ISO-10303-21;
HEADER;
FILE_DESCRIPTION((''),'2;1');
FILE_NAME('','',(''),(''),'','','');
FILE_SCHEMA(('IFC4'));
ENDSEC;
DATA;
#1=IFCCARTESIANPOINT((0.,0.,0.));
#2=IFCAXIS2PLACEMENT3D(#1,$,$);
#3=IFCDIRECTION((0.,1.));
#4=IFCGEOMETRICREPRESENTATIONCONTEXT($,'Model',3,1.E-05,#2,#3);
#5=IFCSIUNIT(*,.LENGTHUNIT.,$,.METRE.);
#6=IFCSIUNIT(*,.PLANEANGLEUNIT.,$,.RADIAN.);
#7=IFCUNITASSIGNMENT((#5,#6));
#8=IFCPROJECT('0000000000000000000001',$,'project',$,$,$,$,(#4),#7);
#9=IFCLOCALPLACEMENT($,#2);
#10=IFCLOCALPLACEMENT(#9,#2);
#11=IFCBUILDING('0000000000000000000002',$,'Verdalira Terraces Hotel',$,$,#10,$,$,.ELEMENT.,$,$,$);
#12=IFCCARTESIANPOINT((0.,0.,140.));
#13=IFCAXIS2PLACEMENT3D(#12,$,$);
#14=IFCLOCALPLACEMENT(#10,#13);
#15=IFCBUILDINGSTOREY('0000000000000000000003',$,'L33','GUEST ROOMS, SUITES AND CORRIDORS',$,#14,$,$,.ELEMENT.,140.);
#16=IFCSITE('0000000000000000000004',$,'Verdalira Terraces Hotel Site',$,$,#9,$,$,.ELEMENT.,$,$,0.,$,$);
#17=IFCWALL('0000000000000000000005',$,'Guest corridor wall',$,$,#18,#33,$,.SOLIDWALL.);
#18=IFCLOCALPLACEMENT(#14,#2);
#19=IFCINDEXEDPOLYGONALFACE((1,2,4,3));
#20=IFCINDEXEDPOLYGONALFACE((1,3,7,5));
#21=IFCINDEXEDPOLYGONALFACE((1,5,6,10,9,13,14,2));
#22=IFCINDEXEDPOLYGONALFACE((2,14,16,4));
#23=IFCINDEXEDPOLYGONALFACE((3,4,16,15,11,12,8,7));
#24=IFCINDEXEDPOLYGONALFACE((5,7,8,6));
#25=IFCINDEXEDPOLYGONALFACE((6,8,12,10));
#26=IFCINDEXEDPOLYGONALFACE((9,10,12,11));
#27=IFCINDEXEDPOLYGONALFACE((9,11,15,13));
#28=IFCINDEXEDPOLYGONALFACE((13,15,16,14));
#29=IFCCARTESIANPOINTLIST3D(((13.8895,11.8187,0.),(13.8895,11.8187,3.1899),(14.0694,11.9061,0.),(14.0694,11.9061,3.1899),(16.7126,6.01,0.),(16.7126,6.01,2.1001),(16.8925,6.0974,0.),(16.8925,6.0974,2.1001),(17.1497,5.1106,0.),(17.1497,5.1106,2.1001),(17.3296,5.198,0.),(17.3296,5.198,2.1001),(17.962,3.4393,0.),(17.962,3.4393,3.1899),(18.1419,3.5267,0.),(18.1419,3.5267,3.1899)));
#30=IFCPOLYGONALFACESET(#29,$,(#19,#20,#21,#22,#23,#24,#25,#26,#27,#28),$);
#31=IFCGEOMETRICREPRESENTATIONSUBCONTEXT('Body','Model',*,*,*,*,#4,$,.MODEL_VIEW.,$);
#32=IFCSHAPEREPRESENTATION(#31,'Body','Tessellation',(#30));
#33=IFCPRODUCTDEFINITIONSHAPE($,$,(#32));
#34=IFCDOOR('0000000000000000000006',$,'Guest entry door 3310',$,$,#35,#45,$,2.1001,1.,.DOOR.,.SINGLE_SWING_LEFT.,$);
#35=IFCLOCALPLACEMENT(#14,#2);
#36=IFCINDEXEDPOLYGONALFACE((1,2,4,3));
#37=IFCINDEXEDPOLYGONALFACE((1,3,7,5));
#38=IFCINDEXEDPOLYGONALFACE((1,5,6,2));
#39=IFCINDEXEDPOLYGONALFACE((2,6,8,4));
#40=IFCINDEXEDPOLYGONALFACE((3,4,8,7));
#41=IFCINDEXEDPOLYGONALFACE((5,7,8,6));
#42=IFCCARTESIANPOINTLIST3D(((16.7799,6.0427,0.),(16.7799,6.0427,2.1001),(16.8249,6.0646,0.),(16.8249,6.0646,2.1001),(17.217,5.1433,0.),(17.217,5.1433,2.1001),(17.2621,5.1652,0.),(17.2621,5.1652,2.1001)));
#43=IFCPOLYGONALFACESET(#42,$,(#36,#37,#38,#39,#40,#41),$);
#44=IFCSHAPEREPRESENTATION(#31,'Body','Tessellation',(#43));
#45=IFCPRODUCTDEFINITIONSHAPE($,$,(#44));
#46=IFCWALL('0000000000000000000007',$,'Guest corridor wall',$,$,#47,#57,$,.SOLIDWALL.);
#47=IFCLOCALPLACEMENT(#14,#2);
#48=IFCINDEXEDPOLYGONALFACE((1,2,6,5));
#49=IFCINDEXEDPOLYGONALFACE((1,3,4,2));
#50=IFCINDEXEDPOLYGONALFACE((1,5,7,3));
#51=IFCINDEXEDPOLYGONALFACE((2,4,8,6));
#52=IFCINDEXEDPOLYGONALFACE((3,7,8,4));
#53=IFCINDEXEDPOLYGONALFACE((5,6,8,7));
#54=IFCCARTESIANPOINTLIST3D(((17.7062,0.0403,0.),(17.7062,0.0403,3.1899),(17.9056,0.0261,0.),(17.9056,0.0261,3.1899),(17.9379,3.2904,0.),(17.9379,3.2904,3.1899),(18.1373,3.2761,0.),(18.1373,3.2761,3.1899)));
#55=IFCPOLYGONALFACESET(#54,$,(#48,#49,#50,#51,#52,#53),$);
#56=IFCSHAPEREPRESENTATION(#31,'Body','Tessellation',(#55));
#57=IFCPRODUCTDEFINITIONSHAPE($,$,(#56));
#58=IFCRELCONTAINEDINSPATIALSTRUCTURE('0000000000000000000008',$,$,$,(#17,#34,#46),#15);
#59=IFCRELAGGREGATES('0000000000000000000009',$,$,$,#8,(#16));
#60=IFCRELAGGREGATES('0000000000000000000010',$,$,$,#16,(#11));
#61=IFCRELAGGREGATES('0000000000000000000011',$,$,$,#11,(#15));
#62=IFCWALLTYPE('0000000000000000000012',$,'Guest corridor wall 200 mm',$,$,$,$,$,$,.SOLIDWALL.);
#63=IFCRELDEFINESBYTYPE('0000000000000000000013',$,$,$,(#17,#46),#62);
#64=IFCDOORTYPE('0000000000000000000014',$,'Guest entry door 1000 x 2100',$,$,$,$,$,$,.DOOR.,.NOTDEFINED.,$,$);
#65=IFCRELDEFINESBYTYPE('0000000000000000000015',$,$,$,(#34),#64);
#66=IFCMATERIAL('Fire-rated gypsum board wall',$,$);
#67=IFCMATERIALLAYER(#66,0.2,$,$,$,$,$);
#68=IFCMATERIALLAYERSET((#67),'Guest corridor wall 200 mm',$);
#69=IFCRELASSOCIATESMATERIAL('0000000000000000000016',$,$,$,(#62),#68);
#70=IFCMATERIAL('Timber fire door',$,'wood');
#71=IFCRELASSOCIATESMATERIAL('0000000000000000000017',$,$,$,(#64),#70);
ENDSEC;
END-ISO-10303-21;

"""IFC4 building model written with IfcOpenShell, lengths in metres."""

from ifc_helpers import new_model, si_unit, direction, frame, frame_2d, origin, place, context, subcontext, project, spatial, rectangle, extrude, material, layer, layer_set, type_object, element, fill, save


model = new_model("IFC4")

# Units and contexts
model_context = context("Model", 3, precision=1e-05, world=origin(), true_north=direction((0.0, 1.0)))
body_context = subcontext(model_context, "Body", "Model", "MODEL_VIEW")
ifc_project = project(units=[si_unit("LENGTHUNIT", "METRE"), si_unit("PLANEANGLEUNIT", "RADIAN")], contexts=[model_context])

# Site, building, storey
site_placement = place(None, origin())
site = spatial("IfcSite", under=ifc_project, at=site_placement, Name="Verdalira Terraces Hotel Site", CompositionType="ELEMENT", RefElevation=0.0)
building_placement = place(site_placement, origin())
building = spatial("IfcBuilding", under=site, at=building_placement, Name="Verdalira Terraces Hotel", CompositionType="ELEMENT")
storey_placement = place(building_placement, frame((0.0, 0.0, 140.0)))
storey = spatial("IfcBuildingStorey", under=building, at=storey_placement, Name="L33", Description="GUEST ROOMS, SUITES AND CORRIDORS", CompositionType="ELEMENT", Elevation=140.0)

# Wall, opening, door
ifc_material_1 = material(Name="Fire-rated gypsum board wall")
ifc_layer_1 = layer(ifc_material_1, 0.2)
ifc_layer_set_1 = layer_set([ifc_layer_1], Name="Guest corridor wall 200 mm")
wall_type_1 = type_object("IfcWallType", Name="Guest corridor wall 200 mm", PredefinedType="SOLIDWALL", material=ifc_layer_set_1)
wall_1_placement = place(storey_placement, frame((13.9795, 11.8623, 0.0), z_axis=(0.0, 0.0, 1.0), x_axis=(0.437123, -0.899402, 0.0)))
wall_1 = element("IfcWall", 1, at=wall_1_placement, inside=storey, type_object=wall_type_1, Name="Guest corridor wall", PredefinedType="SOLIDWALL", context=body_context, shape_type="SweptSolid", body=[
    extrude(rectangle(XDim=9.3166, YDim=0.2, at=frame_2d((4.6582, 0.0))), origin(), (0.0, 0.0, 1.0), 3.1899),
])
opening_1_placement = place(wall_1_placement, frame((6.4583, 0.0, 0.0)))
opening_1 = element("IfcOpeningElement", 2, at=opening_1_placement, cuts=wall_1, PredefinedType="OPENING", context=body_context, shape_type="SweptSolid", body=[
    extrude(rectangle(XDim=1.0, YDim=2.1001, at=frame_2d((0.5, 1.05))), frame((0.0, 0.1099, 0.0), z_axis=(0.0, -1.0, 0.0), x_axis=(1.0, 0.0, 0.0)), (0.0, 0.0, 1.0), 0.22),
])
ifc_material_2 = material(Name="Timber fire door", Category="wood")
door_type_1 = type_object("IfcDoorType", Name="Guest entry door 1000 x 2100", OperationType="NOTDEFINED", PredefinedType="DOOR", material=ifc_material_2)
door_1_placement = place(opening_1_placement, origin())
door_1 = element("IfcDoor", 3, at=door_1_placement, inside=storey, type_object=door_type_1, Name="Guest entry door 3310", OperationType="SINGLE_SWING_LEFT", OverallHeight=2.1001, OverallWidth=1.0, PredefinedType="DOOR", context=body_context, shape_type="SweptSolid", body=[
    extrude(rectangle(XDim=1.0, YDim=2.1001, at=frame_2d((0.5, 1.05))), frame((0.0, 0.0249, 0.0), z_axis=(0.0, -1.0, 0.0), x_axis=(1.0, 0.0, 0.0)), (0.0, 0.0, 1.0), 0.05),
])
fill(opening_1, door_1)

# Wall
wall_2_placement = place(storey_placement, frame((17.8059, 0.0332, 0.0), z_axis=(0.0, 0.0, 1.0), x_axis=(0.071109, 0.997469, 0.0)))
element("IfcWall", 4, at=wall_2_placement, inside=storey, type_object=wall_type_1, Name="Guest corridor wall", PredefinedType="SOLIDWALL", context=body_context, shape_type="SweptSolid", body=[
    extrude(rectangle(XDim=3.2583, YDim=0.2, at=frame_2d((1.6292, 0.0))), origin(), (0.0, 0.0, 1.0), 3.1899),
])

save(model, "model.ifc")
